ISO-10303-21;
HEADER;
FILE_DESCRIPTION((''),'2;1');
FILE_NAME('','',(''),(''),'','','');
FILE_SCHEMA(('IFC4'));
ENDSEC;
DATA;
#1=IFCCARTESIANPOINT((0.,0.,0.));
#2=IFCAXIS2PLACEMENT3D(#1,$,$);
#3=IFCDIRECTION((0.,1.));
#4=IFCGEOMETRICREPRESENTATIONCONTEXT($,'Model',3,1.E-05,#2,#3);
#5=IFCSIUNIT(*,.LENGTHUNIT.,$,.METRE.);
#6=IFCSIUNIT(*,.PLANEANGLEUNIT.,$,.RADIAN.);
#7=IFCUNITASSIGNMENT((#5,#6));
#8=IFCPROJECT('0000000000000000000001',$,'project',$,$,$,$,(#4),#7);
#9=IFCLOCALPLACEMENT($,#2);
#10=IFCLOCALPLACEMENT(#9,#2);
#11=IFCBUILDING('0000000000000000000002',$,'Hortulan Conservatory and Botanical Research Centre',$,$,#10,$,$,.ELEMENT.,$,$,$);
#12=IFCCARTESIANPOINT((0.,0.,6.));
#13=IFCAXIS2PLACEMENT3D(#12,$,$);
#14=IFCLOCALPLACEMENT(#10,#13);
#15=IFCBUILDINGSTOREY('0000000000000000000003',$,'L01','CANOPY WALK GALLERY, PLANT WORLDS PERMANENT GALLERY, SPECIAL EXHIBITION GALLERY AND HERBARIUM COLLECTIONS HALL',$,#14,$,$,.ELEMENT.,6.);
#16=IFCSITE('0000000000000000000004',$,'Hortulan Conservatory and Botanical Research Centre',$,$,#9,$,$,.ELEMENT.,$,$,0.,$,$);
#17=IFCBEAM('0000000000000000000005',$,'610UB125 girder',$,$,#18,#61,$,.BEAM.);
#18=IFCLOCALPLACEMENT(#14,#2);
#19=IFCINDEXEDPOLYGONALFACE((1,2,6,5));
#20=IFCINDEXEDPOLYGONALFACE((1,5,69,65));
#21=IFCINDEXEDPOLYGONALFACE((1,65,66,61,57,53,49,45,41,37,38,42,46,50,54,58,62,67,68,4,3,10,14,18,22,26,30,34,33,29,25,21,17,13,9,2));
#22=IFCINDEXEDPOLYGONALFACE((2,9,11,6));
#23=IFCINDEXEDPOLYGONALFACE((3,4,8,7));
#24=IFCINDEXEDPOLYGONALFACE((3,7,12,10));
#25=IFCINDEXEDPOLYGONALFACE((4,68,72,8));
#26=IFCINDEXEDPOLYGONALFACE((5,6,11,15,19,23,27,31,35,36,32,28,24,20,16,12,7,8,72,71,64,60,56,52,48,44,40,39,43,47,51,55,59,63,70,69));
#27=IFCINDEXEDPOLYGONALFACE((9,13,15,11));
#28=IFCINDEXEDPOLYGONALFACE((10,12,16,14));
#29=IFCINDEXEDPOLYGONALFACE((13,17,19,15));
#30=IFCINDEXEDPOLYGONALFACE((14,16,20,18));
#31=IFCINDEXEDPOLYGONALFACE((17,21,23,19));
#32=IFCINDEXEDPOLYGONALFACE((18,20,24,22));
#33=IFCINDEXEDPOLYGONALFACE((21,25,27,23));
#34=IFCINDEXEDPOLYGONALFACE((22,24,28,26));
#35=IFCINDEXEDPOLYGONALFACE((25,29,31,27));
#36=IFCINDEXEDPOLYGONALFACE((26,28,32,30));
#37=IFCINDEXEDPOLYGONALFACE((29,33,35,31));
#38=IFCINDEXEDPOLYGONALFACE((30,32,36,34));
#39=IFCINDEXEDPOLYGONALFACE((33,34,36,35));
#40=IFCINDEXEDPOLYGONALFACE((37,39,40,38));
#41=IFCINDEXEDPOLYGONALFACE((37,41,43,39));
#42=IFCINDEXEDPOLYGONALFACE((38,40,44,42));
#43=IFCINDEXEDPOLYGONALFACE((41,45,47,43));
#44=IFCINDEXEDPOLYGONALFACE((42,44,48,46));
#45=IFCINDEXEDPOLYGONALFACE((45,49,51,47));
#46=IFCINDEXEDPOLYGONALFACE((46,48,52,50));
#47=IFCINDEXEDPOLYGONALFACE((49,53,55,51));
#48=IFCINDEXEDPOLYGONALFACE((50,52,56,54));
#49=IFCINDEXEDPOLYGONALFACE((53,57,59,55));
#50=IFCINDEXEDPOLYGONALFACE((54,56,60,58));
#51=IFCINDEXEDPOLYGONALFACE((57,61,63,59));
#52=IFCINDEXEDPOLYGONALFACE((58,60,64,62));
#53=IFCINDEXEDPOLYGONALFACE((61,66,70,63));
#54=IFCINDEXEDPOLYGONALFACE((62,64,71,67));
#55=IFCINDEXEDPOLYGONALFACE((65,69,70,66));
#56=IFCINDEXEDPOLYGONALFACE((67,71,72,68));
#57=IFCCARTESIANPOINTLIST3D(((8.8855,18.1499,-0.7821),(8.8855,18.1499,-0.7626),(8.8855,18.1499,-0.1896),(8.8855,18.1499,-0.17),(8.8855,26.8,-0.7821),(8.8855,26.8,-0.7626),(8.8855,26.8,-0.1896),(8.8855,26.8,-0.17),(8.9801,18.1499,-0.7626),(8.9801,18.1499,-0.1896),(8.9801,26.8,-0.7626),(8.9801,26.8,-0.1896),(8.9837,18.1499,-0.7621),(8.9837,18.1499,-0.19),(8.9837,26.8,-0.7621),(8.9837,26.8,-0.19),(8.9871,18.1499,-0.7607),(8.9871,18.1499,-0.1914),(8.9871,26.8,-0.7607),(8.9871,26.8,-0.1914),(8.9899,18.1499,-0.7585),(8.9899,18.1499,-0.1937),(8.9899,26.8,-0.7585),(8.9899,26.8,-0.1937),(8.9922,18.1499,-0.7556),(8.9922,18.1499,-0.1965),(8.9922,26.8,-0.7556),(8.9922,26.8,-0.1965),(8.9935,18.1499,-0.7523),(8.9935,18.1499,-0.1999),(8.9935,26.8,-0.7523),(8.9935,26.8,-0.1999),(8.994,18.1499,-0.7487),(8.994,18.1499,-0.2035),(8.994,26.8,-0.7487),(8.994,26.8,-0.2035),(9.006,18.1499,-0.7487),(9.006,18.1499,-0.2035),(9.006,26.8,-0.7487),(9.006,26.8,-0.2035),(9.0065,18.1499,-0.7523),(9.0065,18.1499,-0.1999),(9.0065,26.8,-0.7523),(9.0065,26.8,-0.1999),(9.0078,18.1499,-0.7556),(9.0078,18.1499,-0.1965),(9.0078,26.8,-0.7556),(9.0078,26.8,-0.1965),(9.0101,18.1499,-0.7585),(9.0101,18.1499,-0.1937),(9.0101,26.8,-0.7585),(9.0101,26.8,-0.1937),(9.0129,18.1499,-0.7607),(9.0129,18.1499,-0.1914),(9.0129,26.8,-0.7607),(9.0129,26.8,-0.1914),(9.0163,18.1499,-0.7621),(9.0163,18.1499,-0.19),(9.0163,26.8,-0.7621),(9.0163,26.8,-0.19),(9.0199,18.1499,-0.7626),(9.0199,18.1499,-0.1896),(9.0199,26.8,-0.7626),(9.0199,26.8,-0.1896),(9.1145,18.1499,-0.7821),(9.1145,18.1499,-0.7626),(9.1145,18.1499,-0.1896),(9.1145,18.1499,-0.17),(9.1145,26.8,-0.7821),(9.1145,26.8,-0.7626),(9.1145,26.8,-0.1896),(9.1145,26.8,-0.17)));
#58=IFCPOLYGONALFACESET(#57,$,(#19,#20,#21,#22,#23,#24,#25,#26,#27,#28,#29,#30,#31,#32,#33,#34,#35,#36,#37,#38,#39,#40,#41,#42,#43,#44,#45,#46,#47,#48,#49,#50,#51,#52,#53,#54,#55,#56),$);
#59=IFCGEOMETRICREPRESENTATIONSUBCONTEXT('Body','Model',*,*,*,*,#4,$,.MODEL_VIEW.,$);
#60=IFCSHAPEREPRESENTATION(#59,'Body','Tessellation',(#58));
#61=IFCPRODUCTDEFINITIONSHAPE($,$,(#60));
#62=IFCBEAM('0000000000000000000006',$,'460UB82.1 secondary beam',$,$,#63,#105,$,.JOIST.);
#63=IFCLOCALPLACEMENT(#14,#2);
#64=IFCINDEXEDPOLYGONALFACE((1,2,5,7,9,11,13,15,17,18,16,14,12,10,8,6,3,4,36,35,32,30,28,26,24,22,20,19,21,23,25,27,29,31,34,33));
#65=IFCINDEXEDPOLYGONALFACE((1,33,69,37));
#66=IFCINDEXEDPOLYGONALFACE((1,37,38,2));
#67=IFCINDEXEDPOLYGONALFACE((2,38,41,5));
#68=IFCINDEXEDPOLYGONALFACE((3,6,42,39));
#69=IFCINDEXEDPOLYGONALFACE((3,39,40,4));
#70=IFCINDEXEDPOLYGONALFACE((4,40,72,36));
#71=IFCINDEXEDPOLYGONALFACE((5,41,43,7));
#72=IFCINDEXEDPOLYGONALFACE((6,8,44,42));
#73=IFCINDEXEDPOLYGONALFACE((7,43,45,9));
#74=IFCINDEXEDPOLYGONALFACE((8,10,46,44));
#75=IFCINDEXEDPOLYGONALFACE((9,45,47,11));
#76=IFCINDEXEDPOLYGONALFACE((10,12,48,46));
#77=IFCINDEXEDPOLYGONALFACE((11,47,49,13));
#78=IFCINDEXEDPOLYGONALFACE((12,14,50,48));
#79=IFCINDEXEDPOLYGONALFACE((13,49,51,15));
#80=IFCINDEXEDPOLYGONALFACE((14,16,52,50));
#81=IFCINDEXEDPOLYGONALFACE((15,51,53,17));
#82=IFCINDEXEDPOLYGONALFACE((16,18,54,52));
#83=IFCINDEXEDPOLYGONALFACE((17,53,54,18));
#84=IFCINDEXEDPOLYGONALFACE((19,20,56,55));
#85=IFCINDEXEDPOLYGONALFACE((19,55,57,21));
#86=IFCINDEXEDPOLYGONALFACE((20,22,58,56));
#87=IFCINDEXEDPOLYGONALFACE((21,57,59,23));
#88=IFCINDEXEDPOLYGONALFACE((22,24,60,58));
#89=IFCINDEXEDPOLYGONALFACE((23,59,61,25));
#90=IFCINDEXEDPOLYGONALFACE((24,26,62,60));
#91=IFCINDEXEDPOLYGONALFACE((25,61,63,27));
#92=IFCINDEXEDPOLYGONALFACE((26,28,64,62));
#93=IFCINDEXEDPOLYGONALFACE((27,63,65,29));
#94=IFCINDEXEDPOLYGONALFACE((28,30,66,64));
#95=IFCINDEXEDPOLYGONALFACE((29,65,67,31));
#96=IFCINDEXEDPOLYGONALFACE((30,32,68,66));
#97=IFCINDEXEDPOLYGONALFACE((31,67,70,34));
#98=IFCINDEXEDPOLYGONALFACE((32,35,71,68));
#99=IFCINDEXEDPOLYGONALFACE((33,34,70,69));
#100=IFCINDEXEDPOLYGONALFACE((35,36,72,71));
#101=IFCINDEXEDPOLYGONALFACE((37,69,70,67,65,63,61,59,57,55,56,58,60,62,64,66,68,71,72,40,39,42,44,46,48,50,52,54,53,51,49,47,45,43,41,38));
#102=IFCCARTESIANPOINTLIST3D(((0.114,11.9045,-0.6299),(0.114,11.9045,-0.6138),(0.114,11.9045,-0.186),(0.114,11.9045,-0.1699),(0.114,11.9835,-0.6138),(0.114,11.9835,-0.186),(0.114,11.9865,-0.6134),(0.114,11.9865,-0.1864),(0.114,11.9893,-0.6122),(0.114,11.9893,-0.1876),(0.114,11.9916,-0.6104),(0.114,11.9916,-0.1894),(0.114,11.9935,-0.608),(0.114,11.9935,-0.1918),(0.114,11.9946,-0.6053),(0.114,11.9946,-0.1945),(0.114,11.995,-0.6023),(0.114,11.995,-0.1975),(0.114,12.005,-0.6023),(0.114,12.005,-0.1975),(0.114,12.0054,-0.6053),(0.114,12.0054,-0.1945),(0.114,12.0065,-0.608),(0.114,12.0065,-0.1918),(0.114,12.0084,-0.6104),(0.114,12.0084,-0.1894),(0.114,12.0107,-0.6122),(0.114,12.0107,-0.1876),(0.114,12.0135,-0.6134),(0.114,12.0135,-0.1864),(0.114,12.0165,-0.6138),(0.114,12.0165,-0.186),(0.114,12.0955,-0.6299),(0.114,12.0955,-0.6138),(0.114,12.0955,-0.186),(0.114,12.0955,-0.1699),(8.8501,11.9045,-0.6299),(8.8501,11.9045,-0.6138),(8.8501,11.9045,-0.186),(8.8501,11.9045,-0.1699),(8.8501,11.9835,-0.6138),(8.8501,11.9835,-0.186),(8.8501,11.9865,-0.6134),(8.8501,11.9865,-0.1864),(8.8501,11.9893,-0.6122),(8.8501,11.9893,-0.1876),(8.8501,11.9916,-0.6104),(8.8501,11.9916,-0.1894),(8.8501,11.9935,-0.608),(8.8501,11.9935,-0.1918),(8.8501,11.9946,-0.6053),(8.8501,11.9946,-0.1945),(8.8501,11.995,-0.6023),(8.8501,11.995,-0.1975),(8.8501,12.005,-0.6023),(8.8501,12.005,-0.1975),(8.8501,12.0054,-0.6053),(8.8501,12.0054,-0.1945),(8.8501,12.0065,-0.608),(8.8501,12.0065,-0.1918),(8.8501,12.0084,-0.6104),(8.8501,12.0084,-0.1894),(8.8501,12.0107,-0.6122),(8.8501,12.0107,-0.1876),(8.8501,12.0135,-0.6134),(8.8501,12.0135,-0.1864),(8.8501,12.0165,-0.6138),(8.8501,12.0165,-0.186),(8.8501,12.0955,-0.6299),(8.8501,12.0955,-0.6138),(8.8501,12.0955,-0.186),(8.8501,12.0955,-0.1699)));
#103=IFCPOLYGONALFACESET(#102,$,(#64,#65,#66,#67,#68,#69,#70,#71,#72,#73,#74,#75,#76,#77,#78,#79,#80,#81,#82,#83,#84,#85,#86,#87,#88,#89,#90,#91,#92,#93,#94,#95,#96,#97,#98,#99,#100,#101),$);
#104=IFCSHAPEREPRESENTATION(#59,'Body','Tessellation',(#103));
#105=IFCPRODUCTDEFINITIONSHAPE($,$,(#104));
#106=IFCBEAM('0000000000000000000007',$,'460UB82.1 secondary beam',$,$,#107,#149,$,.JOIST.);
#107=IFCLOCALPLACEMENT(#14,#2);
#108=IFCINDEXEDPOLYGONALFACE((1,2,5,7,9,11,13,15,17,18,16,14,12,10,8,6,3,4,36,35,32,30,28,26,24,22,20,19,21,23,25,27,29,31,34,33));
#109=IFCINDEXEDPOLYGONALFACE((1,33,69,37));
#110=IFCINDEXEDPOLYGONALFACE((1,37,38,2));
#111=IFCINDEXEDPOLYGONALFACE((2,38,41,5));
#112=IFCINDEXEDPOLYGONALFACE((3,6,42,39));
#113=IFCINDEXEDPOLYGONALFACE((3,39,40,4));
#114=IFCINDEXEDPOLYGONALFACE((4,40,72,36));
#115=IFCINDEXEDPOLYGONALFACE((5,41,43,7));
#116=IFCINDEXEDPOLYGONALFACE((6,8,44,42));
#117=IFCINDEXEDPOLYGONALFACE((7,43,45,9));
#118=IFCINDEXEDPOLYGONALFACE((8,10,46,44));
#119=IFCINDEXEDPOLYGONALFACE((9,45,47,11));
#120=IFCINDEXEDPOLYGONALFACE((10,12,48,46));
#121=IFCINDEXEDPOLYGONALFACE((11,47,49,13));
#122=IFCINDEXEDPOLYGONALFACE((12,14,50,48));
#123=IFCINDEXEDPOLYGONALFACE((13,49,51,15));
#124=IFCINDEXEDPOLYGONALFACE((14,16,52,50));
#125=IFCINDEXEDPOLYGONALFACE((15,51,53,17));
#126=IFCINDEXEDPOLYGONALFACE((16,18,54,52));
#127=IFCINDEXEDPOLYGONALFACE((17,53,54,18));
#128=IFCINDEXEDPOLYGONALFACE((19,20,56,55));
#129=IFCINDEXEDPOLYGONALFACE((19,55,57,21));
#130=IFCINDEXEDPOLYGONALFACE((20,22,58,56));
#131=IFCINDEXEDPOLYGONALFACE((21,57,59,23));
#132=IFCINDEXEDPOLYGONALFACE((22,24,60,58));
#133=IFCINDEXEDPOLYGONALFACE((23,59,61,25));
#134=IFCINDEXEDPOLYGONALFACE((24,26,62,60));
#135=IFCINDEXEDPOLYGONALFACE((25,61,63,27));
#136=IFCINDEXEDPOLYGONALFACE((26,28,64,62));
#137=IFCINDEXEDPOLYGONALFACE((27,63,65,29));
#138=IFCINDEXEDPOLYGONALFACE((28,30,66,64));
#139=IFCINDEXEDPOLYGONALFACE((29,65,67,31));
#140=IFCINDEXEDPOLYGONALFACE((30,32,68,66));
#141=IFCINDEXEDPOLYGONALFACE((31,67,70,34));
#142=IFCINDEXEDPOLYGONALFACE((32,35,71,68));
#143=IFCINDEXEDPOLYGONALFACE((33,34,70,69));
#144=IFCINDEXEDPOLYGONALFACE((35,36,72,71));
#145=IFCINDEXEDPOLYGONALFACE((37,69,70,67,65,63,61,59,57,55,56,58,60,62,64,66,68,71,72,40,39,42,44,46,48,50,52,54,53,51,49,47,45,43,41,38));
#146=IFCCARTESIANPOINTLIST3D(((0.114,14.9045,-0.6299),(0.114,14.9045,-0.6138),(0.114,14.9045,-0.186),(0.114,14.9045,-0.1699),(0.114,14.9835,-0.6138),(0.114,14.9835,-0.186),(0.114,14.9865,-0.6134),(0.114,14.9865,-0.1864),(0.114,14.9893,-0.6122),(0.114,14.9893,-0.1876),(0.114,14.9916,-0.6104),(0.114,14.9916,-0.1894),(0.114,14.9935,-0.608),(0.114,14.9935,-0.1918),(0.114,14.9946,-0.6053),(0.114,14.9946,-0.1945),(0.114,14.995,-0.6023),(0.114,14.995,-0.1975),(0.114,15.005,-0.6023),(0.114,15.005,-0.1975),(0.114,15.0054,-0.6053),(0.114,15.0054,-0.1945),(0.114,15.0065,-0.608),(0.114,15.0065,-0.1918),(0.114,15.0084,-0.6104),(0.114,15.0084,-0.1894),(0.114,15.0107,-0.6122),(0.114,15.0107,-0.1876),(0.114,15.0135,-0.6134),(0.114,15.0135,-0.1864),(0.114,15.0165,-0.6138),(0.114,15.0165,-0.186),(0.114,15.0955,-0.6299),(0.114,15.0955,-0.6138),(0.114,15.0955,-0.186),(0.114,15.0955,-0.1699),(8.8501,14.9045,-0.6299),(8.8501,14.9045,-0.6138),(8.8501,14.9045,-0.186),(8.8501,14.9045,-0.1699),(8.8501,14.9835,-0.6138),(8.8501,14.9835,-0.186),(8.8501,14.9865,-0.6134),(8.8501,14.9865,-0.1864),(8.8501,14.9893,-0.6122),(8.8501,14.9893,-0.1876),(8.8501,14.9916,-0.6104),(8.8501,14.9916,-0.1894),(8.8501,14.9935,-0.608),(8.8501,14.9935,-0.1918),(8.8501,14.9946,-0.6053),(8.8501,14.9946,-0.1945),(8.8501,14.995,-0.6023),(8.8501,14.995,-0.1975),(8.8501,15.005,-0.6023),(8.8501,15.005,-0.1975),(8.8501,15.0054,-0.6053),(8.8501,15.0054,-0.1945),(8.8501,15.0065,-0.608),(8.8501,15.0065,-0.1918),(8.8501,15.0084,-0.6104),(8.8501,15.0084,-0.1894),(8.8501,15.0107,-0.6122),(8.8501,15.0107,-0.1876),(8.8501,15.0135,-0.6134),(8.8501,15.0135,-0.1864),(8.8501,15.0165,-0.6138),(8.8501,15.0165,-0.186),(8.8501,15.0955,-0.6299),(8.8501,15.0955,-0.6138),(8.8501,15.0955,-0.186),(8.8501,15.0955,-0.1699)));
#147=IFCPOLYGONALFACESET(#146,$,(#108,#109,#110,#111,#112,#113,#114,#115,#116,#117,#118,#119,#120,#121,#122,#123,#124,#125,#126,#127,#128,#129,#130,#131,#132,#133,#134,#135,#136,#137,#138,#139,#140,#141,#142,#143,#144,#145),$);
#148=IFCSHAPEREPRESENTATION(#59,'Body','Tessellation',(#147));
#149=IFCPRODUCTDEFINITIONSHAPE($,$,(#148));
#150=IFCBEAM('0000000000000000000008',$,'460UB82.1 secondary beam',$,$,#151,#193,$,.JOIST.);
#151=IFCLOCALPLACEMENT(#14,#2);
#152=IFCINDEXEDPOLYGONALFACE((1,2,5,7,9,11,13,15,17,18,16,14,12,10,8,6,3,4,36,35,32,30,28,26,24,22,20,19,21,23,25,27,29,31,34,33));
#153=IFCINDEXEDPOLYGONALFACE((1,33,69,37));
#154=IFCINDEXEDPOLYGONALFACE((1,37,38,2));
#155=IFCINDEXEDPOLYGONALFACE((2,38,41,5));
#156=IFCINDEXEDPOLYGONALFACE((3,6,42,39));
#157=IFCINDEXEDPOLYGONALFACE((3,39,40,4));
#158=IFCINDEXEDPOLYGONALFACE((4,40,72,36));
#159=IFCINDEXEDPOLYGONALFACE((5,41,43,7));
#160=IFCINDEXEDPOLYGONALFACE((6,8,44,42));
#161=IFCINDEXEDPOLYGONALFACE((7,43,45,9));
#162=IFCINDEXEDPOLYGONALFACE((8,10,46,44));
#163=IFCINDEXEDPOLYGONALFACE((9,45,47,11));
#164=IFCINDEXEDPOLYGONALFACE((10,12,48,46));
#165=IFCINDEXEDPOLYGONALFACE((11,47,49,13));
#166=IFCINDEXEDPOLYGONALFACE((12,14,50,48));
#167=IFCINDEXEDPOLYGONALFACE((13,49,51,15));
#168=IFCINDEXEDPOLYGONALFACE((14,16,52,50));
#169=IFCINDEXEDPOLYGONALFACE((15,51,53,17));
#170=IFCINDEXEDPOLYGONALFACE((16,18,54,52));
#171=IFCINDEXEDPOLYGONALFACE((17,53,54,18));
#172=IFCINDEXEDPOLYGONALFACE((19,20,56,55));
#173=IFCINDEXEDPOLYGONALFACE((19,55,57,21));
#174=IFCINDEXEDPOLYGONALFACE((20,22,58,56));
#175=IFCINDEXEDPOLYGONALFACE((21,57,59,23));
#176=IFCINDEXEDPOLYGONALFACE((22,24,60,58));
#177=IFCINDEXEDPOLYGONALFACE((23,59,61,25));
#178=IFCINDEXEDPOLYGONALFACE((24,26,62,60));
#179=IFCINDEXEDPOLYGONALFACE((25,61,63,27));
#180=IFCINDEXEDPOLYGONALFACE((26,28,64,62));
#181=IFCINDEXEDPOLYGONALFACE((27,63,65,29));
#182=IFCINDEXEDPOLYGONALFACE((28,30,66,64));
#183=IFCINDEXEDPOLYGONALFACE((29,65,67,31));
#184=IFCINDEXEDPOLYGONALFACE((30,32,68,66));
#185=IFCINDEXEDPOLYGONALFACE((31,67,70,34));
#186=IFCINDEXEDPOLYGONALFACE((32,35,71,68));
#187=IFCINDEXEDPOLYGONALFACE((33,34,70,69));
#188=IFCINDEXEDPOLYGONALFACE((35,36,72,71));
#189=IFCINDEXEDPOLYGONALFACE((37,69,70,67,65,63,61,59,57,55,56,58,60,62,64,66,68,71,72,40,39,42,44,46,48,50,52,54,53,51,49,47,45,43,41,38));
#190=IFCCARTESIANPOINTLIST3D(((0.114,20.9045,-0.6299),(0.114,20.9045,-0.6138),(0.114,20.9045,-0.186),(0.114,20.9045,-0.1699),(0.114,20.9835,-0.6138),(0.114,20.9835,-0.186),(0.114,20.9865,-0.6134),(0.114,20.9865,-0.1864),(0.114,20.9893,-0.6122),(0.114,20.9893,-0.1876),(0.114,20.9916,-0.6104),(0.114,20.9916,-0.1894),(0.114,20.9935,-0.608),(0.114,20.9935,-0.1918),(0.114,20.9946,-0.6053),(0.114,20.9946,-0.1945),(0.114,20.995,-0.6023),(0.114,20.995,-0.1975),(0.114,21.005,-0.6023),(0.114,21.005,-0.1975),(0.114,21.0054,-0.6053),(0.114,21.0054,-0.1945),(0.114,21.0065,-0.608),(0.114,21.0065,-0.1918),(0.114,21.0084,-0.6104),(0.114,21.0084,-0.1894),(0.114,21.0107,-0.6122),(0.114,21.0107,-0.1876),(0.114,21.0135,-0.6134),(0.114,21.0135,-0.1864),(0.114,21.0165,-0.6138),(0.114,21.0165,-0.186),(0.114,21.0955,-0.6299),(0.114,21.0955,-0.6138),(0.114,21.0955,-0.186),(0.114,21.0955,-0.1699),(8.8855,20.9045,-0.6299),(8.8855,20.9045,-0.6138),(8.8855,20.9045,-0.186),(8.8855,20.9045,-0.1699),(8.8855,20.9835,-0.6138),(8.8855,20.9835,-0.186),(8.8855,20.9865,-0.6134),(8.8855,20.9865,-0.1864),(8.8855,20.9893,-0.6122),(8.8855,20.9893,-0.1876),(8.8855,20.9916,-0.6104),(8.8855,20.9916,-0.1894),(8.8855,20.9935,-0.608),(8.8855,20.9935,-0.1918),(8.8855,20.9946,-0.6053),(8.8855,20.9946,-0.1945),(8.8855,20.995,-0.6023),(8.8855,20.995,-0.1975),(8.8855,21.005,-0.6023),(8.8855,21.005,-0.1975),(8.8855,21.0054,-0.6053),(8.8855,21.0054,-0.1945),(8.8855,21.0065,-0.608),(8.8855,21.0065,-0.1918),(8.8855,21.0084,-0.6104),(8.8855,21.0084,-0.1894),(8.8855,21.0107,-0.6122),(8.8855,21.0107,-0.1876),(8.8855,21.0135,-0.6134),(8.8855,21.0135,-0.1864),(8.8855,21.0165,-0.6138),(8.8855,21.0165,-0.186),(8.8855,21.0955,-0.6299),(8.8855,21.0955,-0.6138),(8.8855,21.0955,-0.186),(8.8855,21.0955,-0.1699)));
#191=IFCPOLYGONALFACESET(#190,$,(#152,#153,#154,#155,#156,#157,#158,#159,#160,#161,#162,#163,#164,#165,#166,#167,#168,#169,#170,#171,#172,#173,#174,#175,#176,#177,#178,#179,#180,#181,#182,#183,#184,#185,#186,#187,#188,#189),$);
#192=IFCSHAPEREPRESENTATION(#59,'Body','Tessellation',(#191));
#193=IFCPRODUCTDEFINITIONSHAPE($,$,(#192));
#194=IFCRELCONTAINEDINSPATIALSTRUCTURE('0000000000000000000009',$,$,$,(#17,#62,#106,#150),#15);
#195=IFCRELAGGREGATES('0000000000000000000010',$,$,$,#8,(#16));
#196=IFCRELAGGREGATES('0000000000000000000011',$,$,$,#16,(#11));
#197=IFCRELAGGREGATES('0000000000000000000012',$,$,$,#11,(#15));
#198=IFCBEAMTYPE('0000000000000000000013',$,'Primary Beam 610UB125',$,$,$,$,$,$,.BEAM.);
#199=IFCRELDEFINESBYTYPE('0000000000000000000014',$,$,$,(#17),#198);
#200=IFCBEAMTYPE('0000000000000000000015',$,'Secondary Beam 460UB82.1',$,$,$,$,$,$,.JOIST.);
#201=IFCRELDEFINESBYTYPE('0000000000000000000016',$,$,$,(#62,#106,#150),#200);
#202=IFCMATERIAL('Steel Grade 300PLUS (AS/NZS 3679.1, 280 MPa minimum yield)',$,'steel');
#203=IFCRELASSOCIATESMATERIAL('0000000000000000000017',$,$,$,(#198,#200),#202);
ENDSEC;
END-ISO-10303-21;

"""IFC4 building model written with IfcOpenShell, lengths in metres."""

from ifc_helpers import new_model, si_unit, direction, frame, origin, origin_2d, place, context, subcontext, project, spatial, i_section, extrude, material, material_profile, profile_set, type_object, element, save


model = new_model("IFC4")

# Units and contexts
model_context = context("Model", 3, precision=1e-05, world=origin(), true_north=direction((0.0, 1.0)))
body_context = subcontext(model_context, "Body", "Model", "MODEL_VIEW")
ifc_project = project(units=[si_unit("LENGTHUNIT", "METRE"), si_unit("PLANEANGLEUNIT", "RADIAN")], contexts=[model_context])

# Site, building, storey
site_placement = place(None, origin())
site = spatial("IfcSite", under=ifc_project, at=site_placement, Name="Hortulan Conservatory and Botanical Research Centre", CompositionType="ELEMENT", RefElevation=0.0)
building_placement = place(site_placement, origin())
building = spatial("IfcBuilding", under=site, at=building_placement, Name="Hortulan Conservatory and Botanical Research Centre", CompositionType="ELEMENT")
storey_placement = place(building_placement, frame((0.0, 0.0, 6.0)))
storey = spatial("IfcBuildingStorey", under=building, at=storey_placement, Name="L01", Description="CANOPY WALK GALLERY, PLANT WORLDS PERMANENT GALLERY, SPECIAL EXHIBITION GALLERY AND HERBARIUM COLLECTIONS HALL", CompositionType="ELEMENT", Elevation=6.0)

# Beams
ifc_material_1 = material(Name="Steel Grade 300PLUS (AS/NZS 3679.1, 280 MPa minimum yield)", Category="steel")
ifc_material_profile_1 = material_profile(ifc_material_1, i_section(OverallWidth=0.229, OverallDepth=0.6121, WebThickness=0.012, FlangeThickness=0.0195, FilletRadius=0.0139, at=origin_2d()), Name="610UB125")
ifc_profile_set_1 = profile_set([ifc_material_profile_1], Name="Steel Grade 300PLUS (AS/NZS 3679.1, 280 MPa minimum yield)")
beam_type_1 = type_object("IfcBeamType", Name="Primary Beam 610UB125", PredefinedType="BEAM", material=ifc_profile_set_1)
for number, where, z_axis, x_axis, name in (
    (1, (9.0, 18.1499, -0.4761), (0.0, 1.0, 0.0), (-1.0, 0.0, 0.0), "610UB125 girder"),
):
    element("IfcBeam", number, at=place(storey_placement, frame(where, z_axis=z_axis, x_axis=x_axis)), inside=storey, type_object=beam_type_1, Name=name, PredefinedType="BEAM", context=body_context, shape_type="SweptSolid", body=[
        extrude(i_section(OverallWidth=0.229, OverallDepth=0.6121, WebThickness=0.012, FlangeThickness=0.0195, FilletRadius=0.0139, at=origin_2d()), origin(), (0.0, 0.0, 1.0), 8.6501),
    ])
ifc_material_profile_2 = material_profile(ifc_material_1, i_section(OverallWidth=0.1909, OverallDepth=0.46, WebThickness=0.01, FlangeThickness=0.0161, FilletRadius=0.0115, at=origin_2d()), Name="460UB82.1")
ifc_profile_set_2 = profile_set([ifc_material_profile_2], Name="Steel Grade 300PLUS (AS/NZS 3679.1, 280 MPa minimum yield)")
beam_type_2 = type_object("IfcBeamType", Name="Secondary Beam 460UB82.1", PredefinedType="JOIST", material=ifc_profile_set_2)
for number, where, z_axis, x_axis, name in (
    (2, (0.114, 12.0, -0.3999), (1.0, 0.0, 0.0), (0.0, 1.0, 0.0), "460UB82.1 secondary beam"),
    (3, (0.114, 15.0, -0.3999), (1.0, 0.0, 0.0), (0.0, 1.0, 0.0), "460UB82.1 secondary beam"),
):
    element("IfcBeam", number, at=place(storey_placement, frame(where, z_axis=z_axis, x_axis=x_axis)), inside=storey, type_object=beam_type_2, Name=name, PredefinedType="JOIST", context=body_context, shape_type="SweptSolid", body=[
        extrude(i_section(OverallWidth=0.1909, OverallDepth=0.46, WebThickness=0.01, FlangeThickness=0.0161, FilletRadius=0.0115, at=origin_2d()), origin(), (0.0, 0.0, 1.0), 8.7361),
    ])
for number, where, z_axis, x_axis, name in (
    (4, (0.114, 21.0, -0.3999), (1.0, 0.0, 0.0), (0.0, 1.0, 0.0), "460UB82.1 secondary beam"),
):
    element("IfcBeam", number, at=place(storey_placement, frame(where, z_axis=z_axis, x_axis=x_axis)), inside=storey, type_object=beam_type_2, Name=name, PredefinedType="JOIST", context=body_context, shape_type="SweptSolid", body=[
        extrude(i_section(OverallWidth=0.1909, OverallDepth=0.46, WebThickness=0.01, FlangeThickness=0.0161, FilletRadius=0.0115, at=origin_2d()), origin(), (0.0, 0.0, 1.0), 8.7715),
    ])

save(model, "model.ifc")
